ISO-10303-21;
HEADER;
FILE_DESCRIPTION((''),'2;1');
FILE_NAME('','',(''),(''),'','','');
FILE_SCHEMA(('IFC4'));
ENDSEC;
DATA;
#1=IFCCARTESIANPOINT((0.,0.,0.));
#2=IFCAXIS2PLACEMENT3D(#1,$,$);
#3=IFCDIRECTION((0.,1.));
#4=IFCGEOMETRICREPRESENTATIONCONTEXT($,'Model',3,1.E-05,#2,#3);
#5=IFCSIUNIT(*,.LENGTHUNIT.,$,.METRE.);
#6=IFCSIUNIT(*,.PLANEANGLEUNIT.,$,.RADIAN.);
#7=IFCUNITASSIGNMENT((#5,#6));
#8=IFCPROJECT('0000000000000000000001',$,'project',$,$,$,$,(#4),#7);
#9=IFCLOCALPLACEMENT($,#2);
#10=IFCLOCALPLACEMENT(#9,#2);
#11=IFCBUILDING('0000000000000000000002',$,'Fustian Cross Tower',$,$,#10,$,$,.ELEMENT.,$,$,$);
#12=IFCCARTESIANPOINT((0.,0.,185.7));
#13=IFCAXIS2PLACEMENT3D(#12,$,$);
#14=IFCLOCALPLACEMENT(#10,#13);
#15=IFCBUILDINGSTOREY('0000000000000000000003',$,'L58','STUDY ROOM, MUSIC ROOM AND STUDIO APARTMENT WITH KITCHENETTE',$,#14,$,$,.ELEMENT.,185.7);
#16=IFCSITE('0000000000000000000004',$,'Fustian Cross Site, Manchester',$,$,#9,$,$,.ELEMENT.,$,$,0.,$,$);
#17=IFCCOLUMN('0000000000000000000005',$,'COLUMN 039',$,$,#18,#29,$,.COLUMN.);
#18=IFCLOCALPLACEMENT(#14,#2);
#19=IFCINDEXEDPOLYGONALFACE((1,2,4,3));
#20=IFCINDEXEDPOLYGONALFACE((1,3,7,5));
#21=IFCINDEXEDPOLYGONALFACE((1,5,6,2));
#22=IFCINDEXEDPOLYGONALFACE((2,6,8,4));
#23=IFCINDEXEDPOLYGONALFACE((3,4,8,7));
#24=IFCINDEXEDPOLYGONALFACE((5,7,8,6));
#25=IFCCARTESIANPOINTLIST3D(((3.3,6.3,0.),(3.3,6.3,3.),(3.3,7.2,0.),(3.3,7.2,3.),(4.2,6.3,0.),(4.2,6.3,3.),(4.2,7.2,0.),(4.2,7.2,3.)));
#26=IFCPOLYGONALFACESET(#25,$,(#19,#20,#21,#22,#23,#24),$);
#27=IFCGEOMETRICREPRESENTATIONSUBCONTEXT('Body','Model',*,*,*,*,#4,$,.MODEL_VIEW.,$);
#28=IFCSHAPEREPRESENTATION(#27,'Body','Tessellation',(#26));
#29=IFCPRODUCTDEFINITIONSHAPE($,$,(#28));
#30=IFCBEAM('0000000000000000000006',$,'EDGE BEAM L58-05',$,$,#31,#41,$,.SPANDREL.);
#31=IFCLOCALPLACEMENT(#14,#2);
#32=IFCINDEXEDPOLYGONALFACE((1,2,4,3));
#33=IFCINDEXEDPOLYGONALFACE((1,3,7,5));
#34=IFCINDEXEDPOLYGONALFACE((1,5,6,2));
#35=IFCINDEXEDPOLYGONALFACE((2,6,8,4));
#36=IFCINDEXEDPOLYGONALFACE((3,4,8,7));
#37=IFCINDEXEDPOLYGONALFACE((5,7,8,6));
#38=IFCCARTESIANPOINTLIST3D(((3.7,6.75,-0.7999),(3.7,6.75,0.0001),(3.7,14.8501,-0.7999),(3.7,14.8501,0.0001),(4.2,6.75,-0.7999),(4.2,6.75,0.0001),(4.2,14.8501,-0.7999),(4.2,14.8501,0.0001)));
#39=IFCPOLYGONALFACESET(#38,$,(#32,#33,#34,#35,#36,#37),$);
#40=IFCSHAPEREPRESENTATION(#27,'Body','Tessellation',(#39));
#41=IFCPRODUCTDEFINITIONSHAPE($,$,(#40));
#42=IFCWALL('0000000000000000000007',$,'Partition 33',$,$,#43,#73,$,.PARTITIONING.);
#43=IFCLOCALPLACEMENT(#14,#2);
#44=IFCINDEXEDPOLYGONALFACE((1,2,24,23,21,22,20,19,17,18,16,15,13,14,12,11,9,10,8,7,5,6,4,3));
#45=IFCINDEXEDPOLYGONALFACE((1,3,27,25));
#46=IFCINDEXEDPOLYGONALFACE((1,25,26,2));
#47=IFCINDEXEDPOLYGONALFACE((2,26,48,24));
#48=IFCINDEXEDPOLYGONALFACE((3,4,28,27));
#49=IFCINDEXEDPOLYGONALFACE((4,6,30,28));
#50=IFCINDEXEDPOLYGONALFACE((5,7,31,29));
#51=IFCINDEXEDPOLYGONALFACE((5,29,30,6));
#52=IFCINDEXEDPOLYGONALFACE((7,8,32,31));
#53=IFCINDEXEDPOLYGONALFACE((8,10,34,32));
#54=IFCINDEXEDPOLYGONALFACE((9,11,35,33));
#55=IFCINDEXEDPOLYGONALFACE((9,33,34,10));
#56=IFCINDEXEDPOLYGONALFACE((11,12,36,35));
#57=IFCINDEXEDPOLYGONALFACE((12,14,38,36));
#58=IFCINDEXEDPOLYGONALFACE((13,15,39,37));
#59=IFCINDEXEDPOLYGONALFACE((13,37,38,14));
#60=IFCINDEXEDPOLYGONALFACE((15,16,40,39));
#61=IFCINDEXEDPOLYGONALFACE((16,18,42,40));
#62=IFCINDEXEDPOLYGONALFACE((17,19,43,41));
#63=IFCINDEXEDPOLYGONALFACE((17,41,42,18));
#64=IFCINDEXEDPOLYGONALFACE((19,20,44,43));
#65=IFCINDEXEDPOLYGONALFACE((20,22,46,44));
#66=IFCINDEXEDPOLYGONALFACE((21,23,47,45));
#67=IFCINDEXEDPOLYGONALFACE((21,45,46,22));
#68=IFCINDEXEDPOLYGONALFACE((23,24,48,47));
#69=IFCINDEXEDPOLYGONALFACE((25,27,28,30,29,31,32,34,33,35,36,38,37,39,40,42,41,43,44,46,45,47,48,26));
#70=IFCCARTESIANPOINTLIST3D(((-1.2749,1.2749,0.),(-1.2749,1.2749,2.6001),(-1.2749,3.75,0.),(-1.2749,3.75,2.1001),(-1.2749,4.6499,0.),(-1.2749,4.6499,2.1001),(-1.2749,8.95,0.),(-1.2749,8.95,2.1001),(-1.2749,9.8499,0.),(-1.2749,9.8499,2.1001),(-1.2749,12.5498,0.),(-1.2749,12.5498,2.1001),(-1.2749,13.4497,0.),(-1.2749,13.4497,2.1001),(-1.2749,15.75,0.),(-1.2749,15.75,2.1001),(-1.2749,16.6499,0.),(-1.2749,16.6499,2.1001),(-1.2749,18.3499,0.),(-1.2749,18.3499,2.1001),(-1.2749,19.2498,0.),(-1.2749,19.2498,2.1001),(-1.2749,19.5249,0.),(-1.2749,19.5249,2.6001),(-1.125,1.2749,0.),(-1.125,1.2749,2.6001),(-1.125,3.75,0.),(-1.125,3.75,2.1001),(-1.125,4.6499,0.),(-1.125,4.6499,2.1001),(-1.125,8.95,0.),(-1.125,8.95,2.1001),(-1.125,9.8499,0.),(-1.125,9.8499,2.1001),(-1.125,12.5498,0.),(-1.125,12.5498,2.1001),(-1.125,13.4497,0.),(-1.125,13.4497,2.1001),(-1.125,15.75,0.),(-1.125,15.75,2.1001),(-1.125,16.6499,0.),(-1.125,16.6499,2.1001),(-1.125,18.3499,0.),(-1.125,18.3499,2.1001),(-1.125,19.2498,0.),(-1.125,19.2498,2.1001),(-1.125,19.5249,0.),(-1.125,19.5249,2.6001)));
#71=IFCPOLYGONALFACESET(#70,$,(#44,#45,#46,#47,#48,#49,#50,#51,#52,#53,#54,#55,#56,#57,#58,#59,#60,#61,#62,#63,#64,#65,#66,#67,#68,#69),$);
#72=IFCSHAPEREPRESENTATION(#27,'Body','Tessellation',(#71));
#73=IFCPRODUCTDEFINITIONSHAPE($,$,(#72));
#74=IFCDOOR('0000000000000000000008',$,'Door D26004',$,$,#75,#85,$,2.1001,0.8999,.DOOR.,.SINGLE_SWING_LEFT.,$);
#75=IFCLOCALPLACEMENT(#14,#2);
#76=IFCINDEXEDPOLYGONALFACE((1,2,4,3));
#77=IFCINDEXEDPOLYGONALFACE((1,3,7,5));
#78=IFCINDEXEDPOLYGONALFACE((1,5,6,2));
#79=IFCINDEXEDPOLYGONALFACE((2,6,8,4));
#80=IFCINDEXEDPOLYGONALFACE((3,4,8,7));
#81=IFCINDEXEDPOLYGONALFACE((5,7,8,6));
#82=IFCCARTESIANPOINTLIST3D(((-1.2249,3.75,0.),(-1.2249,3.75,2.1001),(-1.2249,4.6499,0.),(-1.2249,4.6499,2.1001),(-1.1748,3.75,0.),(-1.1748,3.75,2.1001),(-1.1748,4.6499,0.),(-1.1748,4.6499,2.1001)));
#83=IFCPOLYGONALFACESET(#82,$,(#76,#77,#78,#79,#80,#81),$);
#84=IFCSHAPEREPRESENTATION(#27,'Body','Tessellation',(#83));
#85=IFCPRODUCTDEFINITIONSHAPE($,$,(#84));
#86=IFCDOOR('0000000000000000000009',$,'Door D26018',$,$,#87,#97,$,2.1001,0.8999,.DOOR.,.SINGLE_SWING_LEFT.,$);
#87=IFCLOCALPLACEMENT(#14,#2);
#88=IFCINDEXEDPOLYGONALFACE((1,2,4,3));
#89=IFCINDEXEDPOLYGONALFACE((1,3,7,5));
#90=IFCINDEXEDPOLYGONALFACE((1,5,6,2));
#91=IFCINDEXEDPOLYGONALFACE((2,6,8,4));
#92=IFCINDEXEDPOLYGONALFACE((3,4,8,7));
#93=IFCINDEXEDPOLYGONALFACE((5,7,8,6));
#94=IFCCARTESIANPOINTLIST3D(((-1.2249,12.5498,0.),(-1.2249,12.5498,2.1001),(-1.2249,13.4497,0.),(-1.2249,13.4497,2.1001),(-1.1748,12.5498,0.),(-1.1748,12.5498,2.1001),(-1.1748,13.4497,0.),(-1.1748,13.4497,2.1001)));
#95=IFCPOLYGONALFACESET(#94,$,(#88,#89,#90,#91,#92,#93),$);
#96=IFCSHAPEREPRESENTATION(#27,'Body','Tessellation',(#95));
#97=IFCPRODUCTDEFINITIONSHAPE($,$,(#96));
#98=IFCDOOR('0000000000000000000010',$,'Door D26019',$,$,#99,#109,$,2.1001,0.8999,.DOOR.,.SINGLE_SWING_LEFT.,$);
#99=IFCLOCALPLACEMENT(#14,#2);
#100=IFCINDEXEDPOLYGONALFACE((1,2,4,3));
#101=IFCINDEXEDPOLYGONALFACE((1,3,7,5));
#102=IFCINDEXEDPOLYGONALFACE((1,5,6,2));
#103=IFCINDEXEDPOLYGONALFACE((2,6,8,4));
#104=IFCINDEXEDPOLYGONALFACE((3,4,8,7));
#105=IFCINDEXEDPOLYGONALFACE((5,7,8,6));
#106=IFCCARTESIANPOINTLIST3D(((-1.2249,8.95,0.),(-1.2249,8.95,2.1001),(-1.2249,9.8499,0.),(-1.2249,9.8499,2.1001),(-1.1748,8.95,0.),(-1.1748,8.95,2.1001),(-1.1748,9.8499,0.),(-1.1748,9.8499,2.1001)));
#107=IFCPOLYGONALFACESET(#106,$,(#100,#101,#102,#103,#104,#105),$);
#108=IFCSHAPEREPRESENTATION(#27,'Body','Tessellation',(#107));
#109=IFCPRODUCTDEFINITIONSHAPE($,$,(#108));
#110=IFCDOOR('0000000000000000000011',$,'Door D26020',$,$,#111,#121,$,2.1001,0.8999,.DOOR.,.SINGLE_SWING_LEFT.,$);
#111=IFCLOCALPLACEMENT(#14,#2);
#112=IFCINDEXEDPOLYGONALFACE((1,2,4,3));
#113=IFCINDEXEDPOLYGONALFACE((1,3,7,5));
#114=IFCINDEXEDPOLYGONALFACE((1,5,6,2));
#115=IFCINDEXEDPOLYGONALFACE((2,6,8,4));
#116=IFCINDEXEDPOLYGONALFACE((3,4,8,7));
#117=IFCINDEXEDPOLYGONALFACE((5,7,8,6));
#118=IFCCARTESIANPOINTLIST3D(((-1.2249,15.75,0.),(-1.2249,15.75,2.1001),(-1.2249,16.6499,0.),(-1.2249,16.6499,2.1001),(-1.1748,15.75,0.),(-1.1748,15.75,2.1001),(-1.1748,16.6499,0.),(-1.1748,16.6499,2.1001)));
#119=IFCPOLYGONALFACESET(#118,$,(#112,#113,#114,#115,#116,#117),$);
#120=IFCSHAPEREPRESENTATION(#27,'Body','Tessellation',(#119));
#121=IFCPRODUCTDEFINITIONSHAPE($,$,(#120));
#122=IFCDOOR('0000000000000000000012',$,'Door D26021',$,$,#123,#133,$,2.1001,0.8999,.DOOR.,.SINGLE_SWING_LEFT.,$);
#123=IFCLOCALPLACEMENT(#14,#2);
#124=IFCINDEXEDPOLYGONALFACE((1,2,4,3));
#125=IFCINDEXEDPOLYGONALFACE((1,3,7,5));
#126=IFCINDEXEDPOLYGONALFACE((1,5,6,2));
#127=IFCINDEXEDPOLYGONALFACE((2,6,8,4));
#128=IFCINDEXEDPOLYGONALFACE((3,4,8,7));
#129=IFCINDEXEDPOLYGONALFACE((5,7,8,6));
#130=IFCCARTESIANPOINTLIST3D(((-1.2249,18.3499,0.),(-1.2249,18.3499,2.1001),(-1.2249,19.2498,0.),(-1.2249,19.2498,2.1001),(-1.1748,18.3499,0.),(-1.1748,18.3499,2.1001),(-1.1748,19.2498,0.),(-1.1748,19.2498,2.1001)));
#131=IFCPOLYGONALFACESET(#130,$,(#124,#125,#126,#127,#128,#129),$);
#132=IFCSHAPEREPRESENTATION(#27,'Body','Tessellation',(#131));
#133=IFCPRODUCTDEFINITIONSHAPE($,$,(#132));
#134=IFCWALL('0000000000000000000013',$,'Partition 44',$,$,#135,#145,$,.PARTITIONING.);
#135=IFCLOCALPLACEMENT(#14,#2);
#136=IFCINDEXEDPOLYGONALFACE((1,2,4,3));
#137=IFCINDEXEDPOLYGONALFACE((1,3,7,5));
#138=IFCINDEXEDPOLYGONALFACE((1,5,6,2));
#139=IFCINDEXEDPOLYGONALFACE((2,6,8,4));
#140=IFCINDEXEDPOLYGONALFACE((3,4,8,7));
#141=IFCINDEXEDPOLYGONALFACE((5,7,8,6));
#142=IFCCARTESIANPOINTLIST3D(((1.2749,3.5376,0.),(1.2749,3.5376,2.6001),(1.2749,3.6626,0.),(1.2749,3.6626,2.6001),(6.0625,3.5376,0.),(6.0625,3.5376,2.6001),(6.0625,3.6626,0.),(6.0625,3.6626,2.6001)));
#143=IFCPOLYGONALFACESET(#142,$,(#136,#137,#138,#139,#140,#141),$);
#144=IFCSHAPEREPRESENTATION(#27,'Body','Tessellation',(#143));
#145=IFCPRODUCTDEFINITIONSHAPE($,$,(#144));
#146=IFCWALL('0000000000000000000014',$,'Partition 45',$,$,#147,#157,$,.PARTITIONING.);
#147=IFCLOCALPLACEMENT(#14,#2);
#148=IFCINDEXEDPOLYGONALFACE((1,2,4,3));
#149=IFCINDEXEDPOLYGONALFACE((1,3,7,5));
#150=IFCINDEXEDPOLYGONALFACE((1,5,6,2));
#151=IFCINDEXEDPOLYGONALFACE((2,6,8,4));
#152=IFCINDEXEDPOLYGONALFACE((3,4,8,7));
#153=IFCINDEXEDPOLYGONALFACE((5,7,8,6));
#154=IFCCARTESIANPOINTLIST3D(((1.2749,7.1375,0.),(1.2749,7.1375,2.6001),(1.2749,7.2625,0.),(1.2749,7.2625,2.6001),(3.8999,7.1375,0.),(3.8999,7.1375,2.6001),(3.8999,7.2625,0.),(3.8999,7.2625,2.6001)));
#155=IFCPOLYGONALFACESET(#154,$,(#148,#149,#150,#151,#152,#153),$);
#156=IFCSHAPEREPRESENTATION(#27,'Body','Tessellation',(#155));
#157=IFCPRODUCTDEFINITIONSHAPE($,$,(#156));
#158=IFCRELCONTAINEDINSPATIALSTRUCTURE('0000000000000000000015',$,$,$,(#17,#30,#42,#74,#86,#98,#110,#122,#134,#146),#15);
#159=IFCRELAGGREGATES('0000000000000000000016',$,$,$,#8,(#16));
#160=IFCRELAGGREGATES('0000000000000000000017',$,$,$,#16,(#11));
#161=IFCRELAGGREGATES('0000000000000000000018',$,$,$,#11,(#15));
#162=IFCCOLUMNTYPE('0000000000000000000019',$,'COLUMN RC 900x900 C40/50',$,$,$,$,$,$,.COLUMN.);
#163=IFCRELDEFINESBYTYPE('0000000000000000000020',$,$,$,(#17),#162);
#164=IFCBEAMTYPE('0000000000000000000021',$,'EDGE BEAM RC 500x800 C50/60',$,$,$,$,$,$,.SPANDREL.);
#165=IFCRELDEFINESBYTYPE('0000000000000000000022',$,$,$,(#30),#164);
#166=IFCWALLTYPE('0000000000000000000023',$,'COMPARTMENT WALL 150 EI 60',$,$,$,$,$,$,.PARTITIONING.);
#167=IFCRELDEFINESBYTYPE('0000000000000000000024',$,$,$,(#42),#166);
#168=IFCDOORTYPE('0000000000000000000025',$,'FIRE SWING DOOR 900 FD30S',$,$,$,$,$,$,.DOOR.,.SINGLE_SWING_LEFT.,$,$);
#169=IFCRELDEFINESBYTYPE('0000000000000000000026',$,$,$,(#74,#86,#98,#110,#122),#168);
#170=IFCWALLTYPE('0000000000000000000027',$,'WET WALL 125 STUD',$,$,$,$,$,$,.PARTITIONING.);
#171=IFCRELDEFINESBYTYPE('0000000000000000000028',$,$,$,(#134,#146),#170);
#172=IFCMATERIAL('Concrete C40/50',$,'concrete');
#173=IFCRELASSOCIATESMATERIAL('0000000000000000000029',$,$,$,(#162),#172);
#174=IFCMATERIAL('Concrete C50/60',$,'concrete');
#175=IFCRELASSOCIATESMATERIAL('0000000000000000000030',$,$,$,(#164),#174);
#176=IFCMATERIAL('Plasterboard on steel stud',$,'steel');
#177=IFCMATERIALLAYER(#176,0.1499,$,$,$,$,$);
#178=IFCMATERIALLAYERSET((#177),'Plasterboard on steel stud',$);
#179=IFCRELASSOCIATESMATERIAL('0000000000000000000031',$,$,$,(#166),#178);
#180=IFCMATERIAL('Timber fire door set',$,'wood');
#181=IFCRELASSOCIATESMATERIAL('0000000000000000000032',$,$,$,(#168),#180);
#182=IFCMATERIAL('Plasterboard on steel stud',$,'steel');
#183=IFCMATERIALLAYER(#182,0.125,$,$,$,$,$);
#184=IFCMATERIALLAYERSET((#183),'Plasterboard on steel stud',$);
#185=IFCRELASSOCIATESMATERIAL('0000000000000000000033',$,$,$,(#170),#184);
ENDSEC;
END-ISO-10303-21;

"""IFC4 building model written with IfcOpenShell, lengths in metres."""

from ifc_helpers import new_model, si_unit, direction, frame, frame_2d, origin, origin_2d, place, context, subcontext, project, spatial, rectangle, extrude, material, layer, layer_set, material_profile, profile_set, type_object, element, fill, save


model = new_model("IFC4")

# Units and contexts
model_context = context("Model", 3, precision=1e-05, world=origin(), true_north=direction((0.0, 1.0)))
body_context = subcontext(model_context, "Body", "Model", "MODEL_VIEW")
ifc_project = project(units=[si_unit("LENGTHUNIT", "METRE"), si_unit("PLANEANGLEUNIT", "RADIAN")], contexts=[model_context])

# Site, building, storey
site_placement = place(None, origin())
site = spatial("IfcSite", under=ifc_project, at=site_placement, Name="Fustian Cross Site, Manchester", CompositionType="ELEMENT", RefElevation=0.0)
building_placement = place(site_placement, origin())
building = spatial("IfcBuilding", under=site, at=building_placement, Name="Fustian Cross Tower", CompositionType="ELEMENT")
storey_placement = place(building_placement, frame((0.0, 0.0, 185.7)))
storey = spatial("IfcBuildingStorey", under=building, at=storey_placement, Name="L58", Description="STUDY ROOM, MUSIC ROOM AND STUDIO APARTMENT WITH KITCHENETTE", CompositionType="ELEMENT", Elevation=185.7)

# Column
ifc_material_1 = material(Name="Concrete C40/50", Category="concrete")
ifc_material_profile_1 = material_profile(ifc_material_1, rectangle(XDim=0.8999, YDim=0.8999, at=origin_2d()), Name="RC 900x900")
ifc_profile_set_1 = profile_set([ifc_material_profile_1], Name="Concrete C40/50")
column_type = type_object("IfcColumnType", Name="COLUMN RC 900x900 C40/50", PredefinedType="COLUMN", material=ifc_profile_set_1)
column_placement = place(storey_placement, frame((3.75, 6.75, 0.0), z_axis=(0.0, 0.0, 1.0), x_axis=(1.0, 0.0, 0.0)))
element("IfcColumn", 1, at=column_placement, inside=storey, type_object=column_type, Name="COLUMN 039", PredefinedType="COLUMN", context=body_context, shape_type="SweptSolid", body=[
    extrude(rectangle(XDim=0.8999, YDim=0.8999, at=origin_2d()), origin(), (0.0, 0.0, 1.0), 3.0),
])

# Beam
ifc_material_2 = material(Name="Concrete C50/60", Category="concrete")
ifc_material_profile_2 = material_profile(ifc_material_2, rectangle(XDim=0.5, YDim=0.8, at=origin_2d()), Name="RC 500x800")
ifc_profile_set_2 = profile_set([ifc_material_profile_2], Name="Concrete C50/60")
beam_type = type_object("IfcBeamType", Name="EDGE BEAM RC 500x800 C50/60", PredefinedType="SPANDREL", material=ifc_profile_set_2)
beam_placement = place(storey_placement, frame((3.95, 6.75, -0.3999), z_axis=(0.0, 1.0, 0.0), x_axis=(-1.0, 0.0, 0.0)))
element("IfcBeam", 2, at=beam_placement, inside=storey, type_object=beam_type, Name="EDGE BEAM L58-05", PredefinedType="SPANDREL", context=body_context, shape_type="SweptSolid", body=[
    extrude(rectangle(XDim=0.5, YDim=0.8, at=origin_2d()), origin(), (0.0, 0.0, 1.0), 8.1001),
])

# Wall, openings, doors
ifc_material_3 = material(Name="Plasterboard on steel stud", Category="steel")
ifc_layer_1 = layer(ifc_material_3, 0.1499)
ifc_layer_set_1 = layer_set([ifc_layer_1], Name="Plasterboard on steel stud")
wall_type_1 = type_object("IfcWallType", Name="COMPARTMENT WALL 150 EI 60", PredefinedType="PARTITIONING", material=ifc_layer_set_1)
wall_1_placement = place(storey_placement, frame((-1.2, 1.2749, 0.0), z_axis=(0.0, 0.0, 1.0), x_axis=(0.0, 1.0, 0.0)))
wall_1 = element("IfcWall", 3, at=wall_1_placement, inside=storey, type_object=wall_type_1, Name="Partition 33", PredefinedType="PARTITIONING", context=body_context, shape_type="SweptSolid", body=[
    extrude(rectangle(XDim=18.25, YDim=0.1499, at=frame_2d((9.125, 0.0))), origin(), (0.0, 0.0, 1.0), 2.6001),
])
opening_1_placement = place(wall_1_placement, frame((2.4751, 0.0, 0.0)))
opening_1 = element("IfcOpeningElement", 4, at=opening_1_placement, cuts=wall_1, PredefinedType="OPENING", context=body_context, shape_type="SweptSolid", body=[
    extrude(rectangle(XDim=0.8999, YDim=2.1001, at=frame_2d((0.45, 1.05))), frame((0.0, 0.085, 0.0), z_axis=(0.0, -1.0, 0.0), x_axis=(1.0, 0.0, 0.0)), (0.0, 0.0, 1.0), 0.1699),
])
opening_2_placement = place(wall_1_placement, frame((11.2749, 0.0, 0.0)))
opening_2 = element("IfcOpeningElement", 5, at=opening_2_placement, cuts=wall_1, PredefinedType="OPENING", context=body_context, shape_type="SweptSolid", body=[
    extrude(rectangle(XDim=0.8999, YDim=2.1001, at=frame_2d((0.45, 1.05))), frame((0.0, 0.085, 0.0), z_axis=(0.0, -1.0, 0.0), x_axis=(1.0, 0.0, 0.0)), (0.0, 0.0, 1.0), 0.1699),
])
opening_3_placement = place(wall_1_placement, frame((7.675, 0.0, 0.0)))
opening_3 = element("IfcOpeningElement", 6, at=opening_3_placement, cuts=wall_1, PredefinedType="OPENING", context=body_context, shape_type="SweptSolid", body=[
    extrude(rectangle(XDim=0.8999, YDim=2.1001, at=frame_2d((0.45, 1.05))), frame((0.0, 0.085, 0.0), z_axis=(0.0, -1.0, 0.0), x_axis=(1.0, 0.0, 0.0)), (0.0, 0.0, 1.0), 0.1699),
])
opening_4_placement = place(wall_1_placement, frame((14.4751, 0.0, 0.0)))
opening_4 = element("IfcOpeningElement", 7, at=opening_4_placement, cuts=wall_1, PredefinedType="OPENING", context=body_context, shape_type="SweptSolid", body=[
    extrude(rectangle(XDim=0.8999, YDim=2.1001, at=frame_2d((0.45, 1.05))), frame((0.0, 0.085, 0.0), z_axis=(0.0, -1.0, 0.0), x_axis=(1.0, 0.0, 0.0)), (0.0, 0.0, 1.0), 0.1699),
])
opening_5_placement = place(wall_1_placement, frame((17.075, 0.0, 0.0)))
opening_5 = element("IfcOpeningElement", 8, at=opening_5_placement, cuts=wall_1, PredefinedType="OPENING", context=body_context, shape_type="SweptSolid", body=[
    extrude(rectangle(XDim=0.8999, YDim=2.1001, at=frame_2d((0.45, 1.05))), frame((0.0, 0.085, 0.0), z_axis=(0.0, -1.0, 0.0), x_axis=(1.0, 0.0, 0.0)), (0.0, 0.0, 1.0), 0.1699),
])
ifc_material_4 = material(Name="Timber fire door set", Category="wood")
door_type_1 = type_object("IfcDoorType", Name="FIRE SWING DOOR 900 FD30S", OperationType="SINGLE_SWING_LEFT", PredefinedType="DOOR", material=ifc_material_4)
door_1_placement = place(opening_1_placement, origin())
door_1 = element("IfcDoor", 9, at=door_1_placement, inside=storey, type_object=door_type_1, Name="Door D26004", OperationType="SINGLE_SWING_LEFT", OverallHeight=2.1001, OverallWidth=0.8999, PredefinedType="DOOR", context=body_context, shape_type="SweptSolid", body=[
    extrude(rectangle(XDim=0.8999, YDim=2.1001, at=frame_2d((0.45, 1.05))), frame((0.0, 0.0249, 0.0), z_axis=(0.0, -1.0, 0.0), x_axis=(1.0, 0.0, 0.0)), (0.0, 0.0, 1.0), 0.05),
])
fill(opening_1, door_1)
door_2_placement = place(opening_2_placement, origin())
door_2 = element("IfcDoor", 10, at=door_2_placement, inside=storey, type_object=door_type_1, Name="Door D26018", OperationType="SINGLE_SWING_LEFT", OverallHeight=2.1001, OverallWidth=0.8999, PredefinedType="DOOR", context=body_context, shape_type="SweptSolid", body=[
    extrude(rectangle(XDim=0.8999, YDim=2.1001, at=frame_2d((0.45, 1.05))), frame((0.0, 0.0249, 0.0), z_axis=(0.0, -1.0, 0.0), x_axis=(1.0, 0.0, 0.0)), (0.0, 0.0, 1.0), 0.05),
])
fill(opening_2, door_2)
door_3_placement = place(opening_3_placement, origin())
door_3 = element("IfcDoor", 11, at=door_3_placement, inside=storey, type_object=door_type_1, Name="Door D26019", OperationType="SINGLE_SWING_LEFT", OverallHeight=2.1001, OverallWidth=0.8999, PredefinedType="DOOR", context=body_context, shape_type="SweptSolid", body=[
    extrude(rectangle(XDim=0.8999, YDim=2.1001, at=frame_2d((0.45, 1.05))), frame((0.0, 0.0249, 0.0), z_axis=(0.0, -1.0, 0.0), x_axis=(1.0, 0.0, 0.0)), (0.0, 0.0, 1.0), 0.05),
])
fill(opening_3, door_3)
door_4_placement = place(opening_4_placement, origin())
door_4 = element("IfcDoor", 12, at=door_4_placement, inside=storey, type_object=door_type_1, Name="Door D26020", OperationType="SINGLE_SWING_LEFT", OverallHeight=2.1001, OverallWidth=0.8999, PredefinedType="DOOR", context=body_context, shape_type="SweptSolid", body=[
    extrude(rectangle(XDim=0.8999, YDim=2.1001, at=frame_2d((0.45, 1.05))), frame((0.0, 0.0249, 0.0), z_axis=(0.0, -1.0, 0.0), x_axis=(1.0, 0.0, 0.0)), (0.0, 0.0, 1.0), 0.05),
])
fill(opening_4, door_4)
door_5_placement = place(opening_5_placement, origin())
door_5 = element("IfcDoor", 13, at=door_5_placement, inside=storey, type_object=door_type_1, Name="Door D26021", OperationType="SINGLE_SWING_LEFT", OverallHeight=2.1001, OverallWidth=0.8999, PredefinedType="DOOR", context=body_context, shape_type="SweptSolid", body=[
    extrude(rectangle(XDim=0.8999, YDim=2.1001, at=frame_2d((0.45, 1.05))), frame((0.0, 0.0249, 0.0), z_axis=(0.0, -1.0, 0.0), x_axis=(1.0, 0.0, 0.0)), (0.0, 0.0, 1.0), 0.05),
])
fill(opening_5, door_5)

# Walls
ifc_material_5 = material(Name="Plasterboard on steel stud", Category="steel")
ifc_layer_2 = layer(ifc_material_5, 0.125)
ifc_layer_set_2 = layer_set([ifc_layer_2], Name="Plasterboard on steel stud")
wall_type_2 = type_object("IfcWallType", Name="WET WALL 125 STUD", PredefinedType="PARTITIONING", material=ifc_layer_set_2)
wall_2_placement = place(storey_placement, frame((1.2749, 3.6001, 0.0), z_axis=(0.0, 0.0, 1.0), x_axis=(1.0, 0.0, 0.0)))
element("IfcWall", 14, at=wall_2_placement, inside=storey, type_object=wall_type_2, Name="Partition 44", PredefinedType="PARTITIONING", context=body_context, shape_type="SweptSolid", body=[
    extrude(rectangle(XDim=4.7876, YDim=0.125, at=frame_2d((2.3938, 0.0))), origin(), (0.0, 0.0, 1.0), 2.6001),
])
wall_3_placement = place(storey_placement, frame((1.2749, 7.2, 0.0), z_axis=(0.0, 0.0, 1.0), x_axis=(1.0, 0.0, 0.0)))
element("IfcWall", 15, at=wall_3_placement, inside=storey, type_object=wall_type_2, Name="Partition 45", PredefinedType="PARTITIONING", context=body_context, shape_type="SweptSolid", body=[
    extrude(rectangle(XDim=2.625, YDim=0.125, at=frame_2d((1.3125, 0.0))), origin(), (0.0, 0.0, 1.0), 2.6001),
])

save(model, "model.ifc")
